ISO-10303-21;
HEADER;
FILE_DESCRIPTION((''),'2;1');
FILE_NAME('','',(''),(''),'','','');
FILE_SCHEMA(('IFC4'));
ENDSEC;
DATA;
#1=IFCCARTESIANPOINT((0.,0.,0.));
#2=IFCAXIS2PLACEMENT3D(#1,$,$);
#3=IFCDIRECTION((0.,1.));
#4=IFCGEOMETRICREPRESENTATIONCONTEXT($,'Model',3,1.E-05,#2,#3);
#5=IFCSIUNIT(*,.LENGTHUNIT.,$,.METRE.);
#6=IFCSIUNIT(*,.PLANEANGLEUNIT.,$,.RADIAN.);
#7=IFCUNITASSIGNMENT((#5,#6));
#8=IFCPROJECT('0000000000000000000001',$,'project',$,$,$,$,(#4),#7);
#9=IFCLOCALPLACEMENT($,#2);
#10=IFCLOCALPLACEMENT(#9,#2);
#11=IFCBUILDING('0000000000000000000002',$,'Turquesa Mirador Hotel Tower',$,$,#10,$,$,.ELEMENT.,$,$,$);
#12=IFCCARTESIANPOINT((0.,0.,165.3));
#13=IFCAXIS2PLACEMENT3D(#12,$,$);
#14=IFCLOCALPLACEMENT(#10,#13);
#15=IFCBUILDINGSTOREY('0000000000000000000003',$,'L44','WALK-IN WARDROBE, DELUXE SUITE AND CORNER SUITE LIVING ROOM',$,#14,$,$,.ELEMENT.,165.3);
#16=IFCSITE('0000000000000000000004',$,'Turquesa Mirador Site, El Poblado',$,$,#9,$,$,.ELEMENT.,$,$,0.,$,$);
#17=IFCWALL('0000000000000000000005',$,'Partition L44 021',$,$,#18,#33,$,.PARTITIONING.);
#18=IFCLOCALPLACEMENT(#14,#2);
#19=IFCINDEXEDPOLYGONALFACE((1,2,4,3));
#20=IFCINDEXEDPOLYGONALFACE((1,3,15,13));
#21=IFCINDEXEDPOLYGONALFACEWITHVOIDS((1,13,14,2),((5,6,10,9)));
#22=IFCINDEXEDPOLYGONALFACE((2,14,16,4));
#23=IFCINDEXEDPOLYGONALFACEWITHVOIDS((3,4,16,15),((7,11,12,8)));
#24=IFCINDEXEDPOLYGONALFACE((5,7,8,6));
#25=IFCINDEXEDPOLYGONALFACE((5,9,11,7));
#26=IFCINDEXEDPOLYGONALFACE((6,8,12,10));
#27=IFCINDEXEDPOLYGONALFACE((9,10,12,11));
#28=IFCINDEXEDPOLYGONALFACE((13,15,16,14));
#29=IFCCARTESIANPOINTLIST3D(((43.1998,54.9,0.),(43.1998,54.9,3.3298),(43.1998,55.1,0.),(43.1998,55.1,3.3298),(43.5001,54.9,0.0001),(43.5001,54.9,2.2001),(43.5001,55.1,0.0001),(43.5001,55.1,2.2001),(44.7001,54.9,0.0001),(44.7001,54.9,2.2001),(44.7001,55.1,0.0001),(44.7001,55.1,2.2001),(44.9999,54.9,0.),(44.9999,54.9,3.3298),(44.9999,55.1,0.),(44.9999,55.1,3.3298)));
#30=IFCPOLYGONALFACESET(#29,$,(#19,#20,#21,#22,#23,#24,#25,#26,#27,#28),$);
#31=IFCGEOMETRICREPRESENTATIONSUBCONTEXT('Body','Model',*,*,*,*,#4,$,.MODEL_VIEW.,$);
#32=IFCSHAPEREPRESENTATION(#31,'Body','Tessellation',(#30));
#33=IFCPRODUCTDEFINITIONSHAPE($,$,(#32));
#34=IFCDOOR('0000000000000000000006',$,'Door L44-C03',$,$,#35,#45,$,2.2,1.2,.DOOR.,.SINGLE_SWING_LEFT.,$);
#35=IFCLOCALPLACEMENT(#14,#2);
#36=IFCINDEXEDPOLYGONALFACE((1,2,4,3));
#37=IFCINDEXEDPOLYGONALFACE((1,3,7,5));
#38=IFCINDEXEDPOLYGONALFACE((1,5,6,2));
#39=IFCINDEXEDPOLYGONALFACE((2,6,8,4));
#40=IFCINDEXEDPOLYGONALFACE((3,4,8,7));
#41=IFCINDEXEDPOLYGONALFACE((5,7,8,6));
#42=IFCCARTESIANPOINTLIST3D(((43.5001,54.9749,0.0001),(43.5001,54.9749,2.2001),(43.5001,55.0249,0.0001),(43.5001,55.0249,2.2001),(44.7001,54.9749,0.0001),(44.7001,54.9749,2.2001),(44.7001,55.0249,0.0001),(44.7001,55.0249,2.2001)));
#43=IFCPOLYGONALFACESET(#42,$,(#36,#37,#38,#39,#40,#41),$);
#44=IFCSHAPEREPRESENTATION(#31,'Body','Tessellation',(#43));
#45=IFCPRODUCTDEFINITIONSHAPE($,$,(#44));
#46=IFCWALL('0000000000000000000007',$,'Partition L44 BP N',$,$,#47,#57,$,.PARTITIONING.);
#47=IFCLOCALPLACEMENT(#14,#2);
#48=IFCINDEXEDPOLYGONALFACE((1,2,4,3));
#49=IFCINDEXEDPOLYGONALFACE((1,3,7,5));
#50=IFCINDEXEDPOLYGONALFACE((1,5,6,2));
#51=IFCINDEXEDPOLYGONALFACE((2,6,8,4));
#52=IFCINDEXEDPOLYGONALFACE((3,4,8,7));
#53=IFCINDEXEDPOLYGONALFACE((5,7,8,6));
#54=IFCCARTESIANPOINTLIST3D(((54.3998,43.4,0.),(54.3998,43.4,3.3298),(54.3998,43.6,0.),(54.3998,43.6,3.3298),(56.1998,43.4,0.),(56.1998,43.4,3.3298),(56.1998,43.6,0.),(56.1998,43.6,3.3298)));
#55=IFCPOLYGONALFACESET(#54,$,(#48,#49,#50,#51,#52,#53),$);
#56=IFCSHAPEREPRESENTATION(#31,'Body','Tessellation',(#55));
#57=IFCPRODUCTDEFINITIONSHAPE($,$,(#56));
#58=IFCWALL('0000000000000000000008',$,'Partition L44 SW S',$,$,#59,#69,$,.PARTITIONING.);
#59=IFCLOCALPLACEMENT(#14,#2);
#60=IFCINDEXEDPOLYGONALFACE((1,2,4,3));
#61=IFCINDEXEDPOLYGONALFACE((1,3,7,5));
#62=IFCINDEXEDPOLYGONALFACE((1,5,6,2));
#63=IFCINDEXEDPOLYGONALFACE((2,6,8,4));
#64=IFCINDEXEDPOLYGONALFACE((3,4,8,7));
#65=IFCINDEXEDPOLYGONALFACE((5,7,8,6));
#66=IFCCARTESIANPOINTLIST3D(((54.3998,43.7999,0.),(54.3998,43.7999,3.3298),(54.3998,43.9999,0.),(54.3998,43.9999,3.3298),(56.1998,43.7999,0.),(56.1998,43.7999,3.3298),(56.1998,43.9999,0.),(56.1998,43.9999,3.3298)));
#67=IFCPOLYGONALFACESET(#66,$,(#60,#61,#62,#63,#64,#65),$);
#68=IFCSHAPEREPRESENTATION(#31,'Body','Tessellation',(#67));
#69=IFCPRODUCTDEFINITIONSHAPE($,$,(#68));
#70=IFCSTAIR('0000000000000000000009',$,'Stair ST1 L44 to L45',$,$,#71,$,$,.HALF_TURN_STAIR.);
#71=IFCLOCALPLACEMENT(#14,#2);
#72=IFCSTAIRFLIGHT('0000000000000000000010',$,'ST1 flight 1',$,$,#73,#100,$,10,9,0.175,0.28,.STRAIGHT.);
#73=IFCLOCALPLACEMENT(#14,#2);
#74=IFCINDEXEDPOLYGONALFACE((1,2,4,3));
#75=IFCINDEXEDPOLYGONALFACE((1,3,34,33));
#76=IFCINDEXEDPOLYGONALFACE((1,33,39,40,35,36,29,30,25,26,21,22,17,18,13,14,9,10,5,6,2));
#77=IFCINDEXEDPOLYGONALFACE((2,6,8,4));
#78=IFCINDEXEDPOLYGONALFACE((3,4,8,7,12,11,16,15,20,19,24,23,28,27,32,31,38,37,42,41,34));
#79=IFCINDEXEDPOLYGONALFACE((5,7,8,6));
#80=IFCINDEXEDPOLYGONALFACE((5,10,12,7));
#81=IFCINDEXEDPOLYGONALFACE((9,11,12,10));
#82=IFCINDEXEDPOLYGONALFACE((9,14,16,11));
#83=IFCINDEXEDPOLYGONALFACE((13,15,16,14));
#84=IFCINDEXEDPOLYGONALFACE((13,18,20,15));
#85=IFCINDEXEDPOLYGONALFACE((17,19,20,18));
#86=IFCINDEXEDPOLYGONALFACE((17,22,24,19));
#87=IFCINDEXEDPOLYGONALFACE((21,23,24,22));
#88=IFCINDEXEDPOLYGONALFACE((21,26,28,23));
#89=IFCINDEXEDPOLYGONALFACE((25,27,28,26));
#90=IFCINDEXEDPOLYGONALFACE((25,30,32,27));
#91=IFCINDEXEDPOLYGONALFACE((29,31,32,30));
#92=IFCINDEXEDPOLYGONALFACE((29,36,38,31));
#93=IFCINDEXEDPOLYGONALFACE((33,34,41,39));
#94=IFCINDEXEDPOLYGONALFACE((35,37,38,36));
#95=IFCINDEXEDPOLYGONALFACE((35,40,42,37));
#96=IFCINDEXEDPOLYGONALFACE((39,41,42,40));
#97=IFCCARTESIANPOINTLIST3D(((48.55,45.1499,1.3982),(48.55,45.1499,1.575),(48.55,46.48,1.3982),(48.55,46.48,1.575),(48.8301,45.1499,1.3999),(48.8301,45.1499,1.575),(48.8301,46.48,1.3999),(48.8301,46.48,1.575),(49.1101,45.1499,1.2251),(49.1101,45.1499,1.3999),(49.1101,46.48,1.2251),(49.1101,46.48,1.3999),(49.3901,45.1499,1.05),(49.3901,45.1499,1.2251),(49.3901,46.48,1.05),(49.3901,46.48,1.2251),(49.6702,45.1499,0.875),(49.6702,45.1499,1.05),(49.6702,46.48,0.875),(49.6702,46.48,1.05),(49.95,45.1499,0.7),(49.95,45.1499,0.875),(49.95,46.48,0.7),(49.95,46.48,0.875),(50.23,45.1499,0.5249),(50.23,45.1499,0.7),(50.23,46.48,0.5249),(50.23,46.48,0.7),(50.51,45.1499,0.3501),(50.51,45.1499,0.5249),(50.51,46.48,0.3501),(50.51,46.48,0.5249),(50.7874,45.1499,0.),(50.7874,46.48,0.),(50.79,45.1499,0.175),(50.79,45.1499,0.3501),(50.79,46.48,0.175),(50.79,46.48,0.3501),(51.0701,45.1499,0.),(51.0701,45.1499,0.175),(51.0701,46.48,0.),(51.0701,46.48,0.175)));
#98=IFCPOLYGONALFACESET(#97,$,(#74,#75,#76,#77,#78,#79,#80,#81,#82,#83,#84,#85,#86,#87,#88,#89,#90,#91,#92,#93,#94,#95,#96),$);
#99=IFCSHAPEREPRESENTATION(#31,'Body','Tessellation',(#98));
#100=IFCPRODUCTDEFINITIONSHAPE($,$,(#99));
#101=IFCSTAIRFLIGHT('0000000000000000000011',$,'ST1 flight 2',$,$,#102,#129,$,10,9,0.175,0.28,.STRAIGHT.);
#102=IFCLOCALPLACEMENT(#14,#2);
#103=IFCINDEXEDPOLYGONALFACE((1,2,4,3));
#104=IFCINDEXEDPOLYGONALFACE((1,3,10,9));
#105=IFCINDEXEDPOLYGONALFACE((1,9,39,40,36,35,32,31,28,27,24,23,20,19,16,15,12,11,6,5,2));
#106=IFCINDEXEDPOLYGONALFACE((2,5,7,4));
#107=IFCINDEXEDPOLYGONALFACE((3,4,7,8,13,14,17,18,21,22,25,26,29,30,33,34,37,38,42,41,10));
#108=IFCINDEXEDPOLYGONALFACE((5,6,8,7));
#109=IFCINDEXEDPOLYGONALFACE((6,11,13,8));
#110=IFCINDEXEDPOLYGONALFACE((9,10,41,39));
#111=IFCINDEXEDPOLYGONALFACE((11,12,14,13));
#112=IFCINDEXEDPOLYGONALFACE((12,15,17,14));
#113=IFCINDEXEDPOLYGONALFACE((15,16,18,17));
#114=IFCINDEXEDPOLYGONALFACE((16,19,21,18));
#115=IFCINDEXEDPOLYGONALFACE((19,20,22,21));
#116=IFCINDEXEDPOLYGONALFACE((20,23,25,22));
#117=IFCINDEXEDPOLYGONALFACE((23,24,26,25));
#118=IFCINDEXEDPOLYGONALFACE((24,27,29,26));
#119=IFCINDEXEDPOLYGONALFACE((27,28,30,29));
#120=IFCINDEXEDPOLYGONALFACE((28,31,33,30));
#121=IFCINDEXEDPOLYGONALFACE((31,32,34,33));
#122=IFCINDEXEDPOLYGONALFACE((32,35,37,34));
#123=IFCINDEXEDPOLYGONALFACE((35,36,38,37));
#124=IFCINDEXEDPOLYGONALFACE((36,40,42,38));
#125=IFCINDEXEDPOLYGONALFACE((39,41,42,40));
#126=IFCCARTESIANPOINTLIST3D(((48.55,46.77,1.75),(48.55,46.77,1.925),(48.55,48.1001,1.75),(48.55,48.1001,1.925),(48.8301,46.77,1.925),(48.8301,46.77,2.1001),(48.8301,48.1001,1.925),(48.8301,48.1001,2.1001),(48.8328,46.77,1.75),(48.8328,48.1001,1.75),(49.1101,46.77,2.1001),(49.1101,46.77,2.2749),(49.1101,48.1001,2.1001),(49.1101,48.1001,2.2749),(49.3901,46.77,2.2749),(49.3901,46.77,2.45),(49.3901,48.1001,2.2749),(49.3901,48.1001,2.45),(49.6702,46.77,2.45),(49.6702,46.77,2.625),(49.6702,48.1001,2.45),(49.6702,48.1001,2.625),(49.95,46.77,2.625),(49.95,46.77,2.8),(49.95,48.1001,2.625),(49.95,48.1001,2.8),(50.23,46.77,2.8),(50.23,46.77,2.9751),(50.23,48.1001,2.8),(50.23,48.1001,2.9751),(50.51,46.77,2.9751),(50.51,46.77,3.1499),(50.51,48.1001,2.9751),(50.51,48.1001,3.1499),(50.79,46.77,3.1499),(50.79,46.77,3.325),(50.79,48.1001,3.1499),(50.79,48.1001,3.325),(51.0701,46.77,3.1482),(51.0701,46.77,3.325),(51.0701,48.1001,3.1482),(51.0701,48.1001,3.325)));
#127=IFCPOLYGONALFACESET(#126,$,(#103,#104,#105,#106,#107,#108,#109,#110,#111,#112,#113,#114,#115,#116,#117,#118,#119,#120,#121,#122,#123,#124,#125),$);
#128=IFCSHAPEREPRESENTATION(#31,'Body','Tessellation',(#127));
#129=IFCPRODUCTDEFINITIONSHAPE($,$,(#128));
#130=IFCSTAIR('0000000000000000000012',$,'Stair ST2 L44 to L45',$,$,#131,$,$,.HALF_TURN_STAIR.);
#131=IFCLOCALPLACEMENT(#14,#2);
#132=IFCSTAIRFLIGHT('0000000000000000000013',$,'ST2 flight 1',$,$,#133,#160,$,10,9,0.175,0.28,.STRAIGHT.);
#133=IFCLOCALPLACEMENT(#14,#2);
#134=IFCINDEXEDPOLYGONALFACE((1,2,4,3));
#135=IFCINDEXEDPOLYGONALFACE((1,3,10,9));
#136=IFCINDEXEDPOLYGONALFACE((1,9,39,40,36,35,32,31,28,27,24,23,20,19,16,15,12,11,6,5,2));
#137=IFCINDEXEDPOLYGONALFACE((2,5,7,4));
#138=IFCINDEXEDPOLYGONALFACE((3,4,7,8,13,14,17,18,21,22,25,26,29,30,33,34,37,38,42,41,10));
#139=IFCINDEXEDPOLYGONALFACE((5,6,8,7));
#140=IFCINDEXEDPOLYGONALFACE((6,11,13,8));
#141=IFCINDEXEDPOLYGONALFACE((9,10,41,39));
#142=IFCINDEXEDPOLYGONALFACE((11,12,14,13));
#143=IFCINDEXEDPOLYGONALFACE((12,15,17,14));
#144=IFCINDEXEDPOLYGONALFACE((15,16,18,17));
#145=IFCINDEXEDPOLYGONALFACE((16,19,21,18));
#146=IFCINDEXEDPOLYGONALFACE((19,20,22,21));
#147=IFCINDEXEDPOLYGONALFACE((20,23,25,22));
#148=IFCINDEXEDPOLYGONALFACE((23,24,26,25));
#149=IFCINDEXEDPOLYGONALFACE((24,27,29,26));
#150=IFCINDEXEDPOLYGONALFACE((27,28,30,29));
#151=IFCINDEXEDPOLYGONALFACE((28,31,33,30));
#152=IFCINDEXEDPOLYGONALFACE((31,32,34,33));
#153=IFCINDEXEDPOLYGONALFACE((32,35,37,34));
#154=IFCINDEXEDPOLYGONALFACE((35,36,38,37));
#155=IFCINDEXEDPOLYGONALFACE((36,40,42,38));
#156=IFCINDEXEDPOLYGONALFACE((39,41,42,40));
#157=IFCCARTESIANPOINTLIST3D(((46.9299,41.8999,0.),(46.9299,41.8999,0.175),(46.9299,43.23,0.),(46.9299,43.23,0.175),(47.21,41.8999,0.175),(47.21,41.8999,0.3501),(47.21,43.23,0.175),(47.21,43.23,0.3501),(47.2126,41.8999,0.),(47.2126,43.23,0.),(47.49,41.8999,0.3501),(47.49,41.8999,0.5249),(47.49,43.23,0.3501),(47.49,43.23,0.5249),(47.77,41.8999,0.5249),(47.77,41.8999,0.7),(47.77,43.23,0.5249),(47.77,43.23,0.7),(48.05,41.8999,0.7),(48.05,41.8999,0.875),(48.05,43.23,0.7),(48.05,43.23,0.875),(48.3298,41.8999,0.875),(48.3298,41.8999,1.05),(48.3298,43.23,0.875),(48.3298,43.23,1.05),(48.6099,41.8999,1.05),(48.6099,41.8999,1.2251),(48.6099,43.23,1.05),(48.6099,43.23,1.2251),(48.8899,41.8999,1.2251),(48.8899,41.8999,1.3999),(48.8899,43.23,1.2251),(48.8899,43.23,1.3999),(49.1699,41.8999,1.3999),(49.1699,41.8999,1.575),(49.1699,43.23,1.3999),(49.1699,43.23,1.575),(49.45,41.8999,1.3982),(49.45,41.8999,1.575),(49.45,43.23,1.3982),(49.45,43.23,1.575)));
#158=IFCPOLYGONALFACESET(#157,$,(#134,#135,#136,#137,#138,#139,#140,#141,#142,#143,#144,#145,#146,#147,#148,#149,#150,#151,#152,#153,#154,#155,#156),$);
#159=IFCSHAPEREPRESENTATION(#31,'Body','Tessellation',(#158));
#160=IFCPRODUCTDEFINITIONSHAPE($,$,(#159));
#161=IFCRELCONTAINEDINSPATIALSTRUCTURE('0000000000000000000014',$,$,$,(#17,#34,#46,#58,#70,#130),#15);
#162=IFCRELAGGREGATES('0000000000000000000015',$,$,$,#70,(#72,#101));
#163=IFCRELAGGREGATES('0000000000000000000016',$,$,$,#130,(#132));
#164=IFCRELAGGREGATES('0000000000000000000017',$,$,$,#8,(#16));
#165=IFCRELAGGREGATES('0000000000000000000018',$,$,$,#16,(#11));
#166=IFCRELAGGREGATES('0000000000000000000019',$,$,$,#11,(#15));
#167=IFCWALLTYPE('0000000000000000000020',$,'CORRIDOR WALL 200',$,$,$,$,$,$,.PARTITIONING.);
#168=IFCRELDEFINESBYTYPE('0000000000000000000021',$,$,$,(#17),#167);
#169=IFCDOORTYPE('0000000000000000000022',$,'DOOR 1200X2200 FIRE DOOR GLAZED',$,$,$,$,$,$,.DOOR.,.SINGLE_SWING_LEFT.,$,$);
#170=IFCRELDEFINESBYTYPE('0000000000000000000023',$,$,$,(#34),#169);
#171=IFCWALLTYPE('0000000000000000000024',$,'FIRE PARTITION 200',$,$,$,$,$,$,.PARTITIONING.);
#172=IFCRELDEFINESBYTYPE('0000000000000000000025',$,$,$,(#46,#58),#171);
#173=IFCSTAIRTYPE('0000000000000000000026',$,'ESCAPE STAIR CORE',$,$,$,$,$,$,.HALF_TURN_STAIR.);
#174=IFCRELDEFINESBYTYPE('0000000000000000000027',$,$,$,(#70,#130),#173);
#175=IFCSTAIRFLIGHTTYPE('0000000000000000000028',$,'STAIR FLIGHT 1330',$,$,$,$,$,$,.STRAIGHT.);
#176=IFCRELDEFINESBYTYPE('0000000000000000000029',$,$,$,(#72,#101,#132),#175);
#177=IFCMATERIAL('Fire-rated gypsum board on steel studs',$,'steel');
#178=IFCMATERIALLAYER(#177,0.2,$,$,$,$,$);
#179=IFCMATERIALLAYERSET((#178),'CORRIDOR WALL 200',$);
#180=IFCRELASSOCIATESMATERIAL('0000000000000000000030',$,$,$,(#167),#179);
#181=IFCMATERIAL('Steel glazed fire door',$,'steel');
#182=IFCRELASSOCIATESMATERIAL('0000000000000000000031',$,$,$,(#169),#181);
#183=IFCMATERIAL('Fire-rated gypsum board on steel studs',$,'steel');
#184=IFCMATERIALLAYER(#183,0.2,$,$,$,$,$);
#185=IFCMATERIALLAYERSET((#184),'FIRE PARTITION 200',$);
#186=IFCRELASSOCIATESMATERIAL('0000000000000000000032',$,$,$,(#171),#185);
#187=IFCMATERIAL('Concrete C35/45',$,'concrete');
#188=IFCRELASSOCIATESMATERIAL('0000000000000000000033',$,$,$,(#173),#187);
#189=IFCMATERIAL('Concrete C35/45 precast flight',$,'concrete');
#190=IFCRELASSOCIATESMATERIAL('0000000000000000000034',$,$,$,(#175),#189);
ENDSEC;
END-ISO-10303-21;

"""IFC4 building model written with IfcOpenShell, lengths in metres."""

from ifc_helpers import new_model, si_unit, direction, frame, frame_2d, origin, place, context, subcontext, project, spatial, polyline, rectangle, outline, extrude, material, layer, layer_set, type_object, element, fill, aggregate, save


model = new_model("IFC4")

# Units and contexts
model_context = context("Model", 3, precision=1e-05, world=origin(), true_north=direction((0.0, 1.0)))
body_context = subcontext(model_context, "Body", "Model", "MODEL_VIEW")
ifc_project = project(units=[si_unit("LENGTHUNIT", "METRE"), si_unit("PLANEANGLEUNIT", "RADIAN")], contexts=[model_context])

# Site, building, storey
site_placement = place(None, origin())
site = spatial("IfcSite", under=ifc_project, at=site_placement, Name="Turquesa Mirador Site, El Poblado", CompositionType="ELEMENT", RefElevation=0.0)
building_placement = place(site_placement, origin())
building = spatial("IfcBuilding", under=site, at=building_placement, Name="Turquesa Mirador Hotel Tower", CompositionType="ELEMENT")
storey_placement = place(building_placement, frame((0.0, 0.0, 165.3)))
storey = spatial("IfcBuildingStorey", under=building, at=storey_placement, Name="L44", Description="WALK-IN WARDROBE, DELUXE SUITE AND CORNER SUITE LIVING ROOM", CompositionType="ELEMENT", Elevation=165.3)

# Wall, opening, door
ifc_material_1 = material(Name="Fire-rated gypsum board on steel studs", Category="steel")
ifc_layer_1 = layer(ifc_material_1, 0.2)
ifc_layer_set_1 = layer_set([ifc_layer_1], Name="CORRIDOR WALL 200")
wall_type_1 = type_object("IfcWallType", Name="CORRIDOR WALL 200", PredefinedType="PARTITIONING", material=ifc_layer_set_1)
wall_1_placement = place(storey_placement, frame((43.2, 55.0, 0.0), z_axis=(0.0, 0.0, 1.0), x_axis=(1.0, 0.0, 0.0)))
wall_1 = element("IfcWall", 1, at=wall_1_placement, inside=storey, type_object=wall_type_1, Name="Partition L44 021", PredefinedType="PARTITIONING", context=body_context, shape_type="SweptSolid", body=[
    extrude(rectangle(XDim=1.8, YDim=0.2, at=frame_2d((0.8999, 0.0))), origin(), (0.0, 0.0, 1.0), 3.3298),
])
opening_1_placement = place(wall_1_placement, frame((0.3, 0.0, 0.0)))
opening_1 = element("IfcOpeningElement", 2, at=opening_1_placement, cuts=wall_1, PredefinedType="OPENING", context=body_context, shape_type="SweptSolid", body=[
    extrude(rectangle(XDim=1.2, YDim=2.2, at=frame_2d((0.6001, 1.1001))), frame((0.0, 0.1099, 0.0), z_axis=(0.0, -1.0, 0.0), x_axis=(1.0, 0.0, 0.0)), (0.0, 0.0, 1.0), 0.22),
])
ifc_material_2 = material(Name="Steel glazed fire door", Category="steel")
door_type_1 = type_object("IfcDoorType", Name="DOOR 1200X2200 FIRE DOOR GLAZED", OperationType="SINGLE_SWING_LEFT", PredefinedType="DOOR", material=ifc_material_2)
door_1_placement = place(opening_1_placement, origin())
door_1 = element("IfcDoor", 3, at=door_1_placement, inside=storey, type_object=door_type_1, Name="Door L44-C03", OperationType="SINGLE_SWING_LEFT", OverallHeight=2.2, OverallWidth=1.2, PredefinedType="DOOR", context=body_context, shape_type="SweptSolid", body=[
    extrude(rectangle(XDim=1.2, YDim=2.2, at=frame_2d((0.6001, 1.1001))), frame((0.0, 0.0249, 0.0), z_axis=(0.0, -1.0, 0.0), x_axis=(1.0, 0.0, 0.0)), (0.0, 0.0, 1.0), 0.05),
])
fill(opening_1, door_1)

# Walls
ifc_material_3 = material(Name="Fire-rated gypsum board on steel studs", Category="steel")
ifc_layer_2 = layer(ifc_material_3, 0.2)
ifc_layer_set_2 = layer_set([ifc_layer_2], Name="FIRE PARTITION 200")
wall_type_2 = type_object("IfcWallType", Name="FIRE PARTITION 200", PredefinedType="PARTITIONING", material=ifc_layer_set_2)
for number, where, z_axis, x_axis, name in (
    (4, (54.3999, 43.5, 0.0), (0.0, 0.0, 1.0), (1.0, 0.0, 0.0), "Partition L44 BP N"),
    (5, (54.3999, 43.8999, 0.0), (0.0, 0.0, 1.0), (1.0, 0.0, 0.0), "Partition L44 SW S"),
):
    element("IfcWall", number, at=place(storey_placement, frame(where, z_axis=z_axis, x_axis=x_axis)), inside=storey, type_object=wall_type_2, Name=name, PredefinedType="PARTITIONING", context=body_context, shape_type="SweptSolid", body=[
        extrude(rectangle(XDim=1.8, YDim=0.2, at=frame_2d((0.8999, 0.0))), origin(), (0.0, 0.0, 1.0), 3.3298),
    ])

# Stairs, stair flights
ifc_material_4 = material(Name="Concrete C35/45", Category="concrete")
stair_type = type_object("IfcStairType", Name="ESCAPE STAIR CORE", PredefinedType="HALF_TURN_STAIR", material=ifc_material_4)
stair_1_placement = place(storey_placement, origin())
stair_1 = element("IfcStair", 6, at=stair_1_placement, inside=storey, type_object=stair_type, Name="Stair ST1 L44 to L45", PredefinedType="HALF_TURN_STAIR")
ifc_material_5 = material(Name="Concrete C35/45 precast flight", Category="concrete")
stair_flight_type = type_object("IfcStairFlightType", Name="STAIR FLIGHT 1330", PredefinedType="STRAIGHT", material=ifc_material_5)
stair_flight_1_placement = place(storey_placement, frame((51.0701, 45.8149, 0.0), z_axis=(0.0, 0.0, 1.0), x_axis=(-1.0, 0.0, 0.0)))
stair_flight_1 = element("IfcStairFlight", 7, at=stair_flight_1_placement, type_object=stair_flight_type, Name="ST1 flight 1", NumberOfRisers=10, NumberOfTreads=9, PredefinedType="STRAIGHT", RiserHeight=0.175, TreadLength=0.28, context=body_context, shape_type="SweptSolid", body=[
    extrude(outline(polyline([(0.0, 0.0), (0.0, 0.175), (0.28, 0.175), (0.28, 0.3501), (0.5601, 0.3501), (0.5601, 0.5249), (0.8401, 0.5249), (0.8401, 0.7), (1.1201, 0.7), (1.1201, 0.875), (1.3999, 0.875), (1.3999, 1.05), (1.6799, 1.05), (1.6799, 1.2251), (1.96, 1.2251), (1.96, 1.3999), (2.24, 1.3999), (2.24, 1.575), (2.52, 1.575), (2.52, 1.75), (2.52, 1.3982), (0.2827, 0.0), (0.0, 0.0)])), frame((0.0, 0.665, 0.0), z_axis=(0.0, -1.0, 0.0), x_axis=(1.0, 0.0, 0.0)), (0.0, 0.0, 1.0), 1.3301),
])
stair_flight_2_placement = place(storey_placement, frame((48.55, 47.4351, 1.75), z_axis=(0.0, 0.0, 1.0), x_axis=(1.0, 0.0, 0.0)))
stair_flight_2 = element("IfcStairFlight", 8, at=stair_flight_2_placement, type_object=stair_flight_type, Name="ST1 flight 2", NumberOfRisers=10, NumberOfTreads=9, PredefinedType="STRAIGHT", RiserHeight=0.175, TreadLength=0.28, context=body_context, shape_type="SweptSolid", body=[
    extrude(outline(polyline([(0.0, 0.0), (0.0, 0.175), (0.28, 0.175), (0.28, 0.3501), (0.5601, 0.3501), (0.5601, 0.5249), (0.8401, 0.5249), (0.8401, 0.7), (1.1201, 0.7), (1.1201, 0.875), (1.3999, 0.875), (1.3999, 1.05), (1.6799, 1.05), (1.6799, 1.2251), (1.96, 1.2251), (1.96, 1.3999), (2.24, 1.3999), (2.24, 1.575), (2.52, 1.575), (2.52, 1.75), (2.52, 1.3982), (0.2827, 0.0), (0.0, 0.0)])), frame((0.0, 0.665, 0.0), z_axis=(0.0, -1.0, 0.0), x_axis=(1.0, 0.0, 0.0)), (0.0, 0.0, 1.0), 1.3301),
])
aggregate(stair_1, [stair_flight_1, stair_flight_2])
stair_2_placement = place(storey_placement, origin())
stair_2 = element("IfcStair", 9, at=stair_2_placement, inside=storey, type_object=stair_type, Name="Stair ST2 L44 to L45", PredefinedType="HALF_TURN_STAIR")
stair_flight_3_placement = place(storey_placement, frame((46.9299, 42.5649, 0.0), z_axis=(0.0, 0.0, 1.0), x_axis=(1.0, 0.0, 0.0)))
stair_flight_3 = element("IfcStairFlight", 10, at=stair_flight_3_placement, type_object=stair_flight_type, Name="ST2 flight 1", NumberOfRisers=10, NumberOfTreads=9, PredefinedType="STRAIGHT", RiserHeight=0.175, TreadLength=0.28, context=body_context, shape_type="SweptSolid", body=[
    extrude(outline(polyline([(0.0, 0.0), (0.0, 0.175), (0.28, 0.175), (0.28, 0.3501), (0.5601, 0.3501), (0.5601, 0.5249), (0.8401, 0.5249), (0.8401, 0.7), (1.1201, 0.7), (1.1201, 0.875), (1.3999, 0.875), (1.3999, 1.05), (1.6799, 1.05), (1.6799, 1.2251), (1.96, 1.2251), (1.96, 1.3999), (2.24, 1.3999), (2.24, 1.575), (2.52, 1.575), (2.52, 1.75), (2.52, 1.3982), (0.2827, 0.0), (0.0, 0.0)])), frame((0.0, 0.665, 0.0), z_axis=(0.0, -1.0, 0.0), x_axis=(1.0, 0.0, 0.0)), (0.0, 0.0, 1.0), 1.3301),
])
aggregate(stair_2, [stair_flight_3])

save(model, "model.ifc")
